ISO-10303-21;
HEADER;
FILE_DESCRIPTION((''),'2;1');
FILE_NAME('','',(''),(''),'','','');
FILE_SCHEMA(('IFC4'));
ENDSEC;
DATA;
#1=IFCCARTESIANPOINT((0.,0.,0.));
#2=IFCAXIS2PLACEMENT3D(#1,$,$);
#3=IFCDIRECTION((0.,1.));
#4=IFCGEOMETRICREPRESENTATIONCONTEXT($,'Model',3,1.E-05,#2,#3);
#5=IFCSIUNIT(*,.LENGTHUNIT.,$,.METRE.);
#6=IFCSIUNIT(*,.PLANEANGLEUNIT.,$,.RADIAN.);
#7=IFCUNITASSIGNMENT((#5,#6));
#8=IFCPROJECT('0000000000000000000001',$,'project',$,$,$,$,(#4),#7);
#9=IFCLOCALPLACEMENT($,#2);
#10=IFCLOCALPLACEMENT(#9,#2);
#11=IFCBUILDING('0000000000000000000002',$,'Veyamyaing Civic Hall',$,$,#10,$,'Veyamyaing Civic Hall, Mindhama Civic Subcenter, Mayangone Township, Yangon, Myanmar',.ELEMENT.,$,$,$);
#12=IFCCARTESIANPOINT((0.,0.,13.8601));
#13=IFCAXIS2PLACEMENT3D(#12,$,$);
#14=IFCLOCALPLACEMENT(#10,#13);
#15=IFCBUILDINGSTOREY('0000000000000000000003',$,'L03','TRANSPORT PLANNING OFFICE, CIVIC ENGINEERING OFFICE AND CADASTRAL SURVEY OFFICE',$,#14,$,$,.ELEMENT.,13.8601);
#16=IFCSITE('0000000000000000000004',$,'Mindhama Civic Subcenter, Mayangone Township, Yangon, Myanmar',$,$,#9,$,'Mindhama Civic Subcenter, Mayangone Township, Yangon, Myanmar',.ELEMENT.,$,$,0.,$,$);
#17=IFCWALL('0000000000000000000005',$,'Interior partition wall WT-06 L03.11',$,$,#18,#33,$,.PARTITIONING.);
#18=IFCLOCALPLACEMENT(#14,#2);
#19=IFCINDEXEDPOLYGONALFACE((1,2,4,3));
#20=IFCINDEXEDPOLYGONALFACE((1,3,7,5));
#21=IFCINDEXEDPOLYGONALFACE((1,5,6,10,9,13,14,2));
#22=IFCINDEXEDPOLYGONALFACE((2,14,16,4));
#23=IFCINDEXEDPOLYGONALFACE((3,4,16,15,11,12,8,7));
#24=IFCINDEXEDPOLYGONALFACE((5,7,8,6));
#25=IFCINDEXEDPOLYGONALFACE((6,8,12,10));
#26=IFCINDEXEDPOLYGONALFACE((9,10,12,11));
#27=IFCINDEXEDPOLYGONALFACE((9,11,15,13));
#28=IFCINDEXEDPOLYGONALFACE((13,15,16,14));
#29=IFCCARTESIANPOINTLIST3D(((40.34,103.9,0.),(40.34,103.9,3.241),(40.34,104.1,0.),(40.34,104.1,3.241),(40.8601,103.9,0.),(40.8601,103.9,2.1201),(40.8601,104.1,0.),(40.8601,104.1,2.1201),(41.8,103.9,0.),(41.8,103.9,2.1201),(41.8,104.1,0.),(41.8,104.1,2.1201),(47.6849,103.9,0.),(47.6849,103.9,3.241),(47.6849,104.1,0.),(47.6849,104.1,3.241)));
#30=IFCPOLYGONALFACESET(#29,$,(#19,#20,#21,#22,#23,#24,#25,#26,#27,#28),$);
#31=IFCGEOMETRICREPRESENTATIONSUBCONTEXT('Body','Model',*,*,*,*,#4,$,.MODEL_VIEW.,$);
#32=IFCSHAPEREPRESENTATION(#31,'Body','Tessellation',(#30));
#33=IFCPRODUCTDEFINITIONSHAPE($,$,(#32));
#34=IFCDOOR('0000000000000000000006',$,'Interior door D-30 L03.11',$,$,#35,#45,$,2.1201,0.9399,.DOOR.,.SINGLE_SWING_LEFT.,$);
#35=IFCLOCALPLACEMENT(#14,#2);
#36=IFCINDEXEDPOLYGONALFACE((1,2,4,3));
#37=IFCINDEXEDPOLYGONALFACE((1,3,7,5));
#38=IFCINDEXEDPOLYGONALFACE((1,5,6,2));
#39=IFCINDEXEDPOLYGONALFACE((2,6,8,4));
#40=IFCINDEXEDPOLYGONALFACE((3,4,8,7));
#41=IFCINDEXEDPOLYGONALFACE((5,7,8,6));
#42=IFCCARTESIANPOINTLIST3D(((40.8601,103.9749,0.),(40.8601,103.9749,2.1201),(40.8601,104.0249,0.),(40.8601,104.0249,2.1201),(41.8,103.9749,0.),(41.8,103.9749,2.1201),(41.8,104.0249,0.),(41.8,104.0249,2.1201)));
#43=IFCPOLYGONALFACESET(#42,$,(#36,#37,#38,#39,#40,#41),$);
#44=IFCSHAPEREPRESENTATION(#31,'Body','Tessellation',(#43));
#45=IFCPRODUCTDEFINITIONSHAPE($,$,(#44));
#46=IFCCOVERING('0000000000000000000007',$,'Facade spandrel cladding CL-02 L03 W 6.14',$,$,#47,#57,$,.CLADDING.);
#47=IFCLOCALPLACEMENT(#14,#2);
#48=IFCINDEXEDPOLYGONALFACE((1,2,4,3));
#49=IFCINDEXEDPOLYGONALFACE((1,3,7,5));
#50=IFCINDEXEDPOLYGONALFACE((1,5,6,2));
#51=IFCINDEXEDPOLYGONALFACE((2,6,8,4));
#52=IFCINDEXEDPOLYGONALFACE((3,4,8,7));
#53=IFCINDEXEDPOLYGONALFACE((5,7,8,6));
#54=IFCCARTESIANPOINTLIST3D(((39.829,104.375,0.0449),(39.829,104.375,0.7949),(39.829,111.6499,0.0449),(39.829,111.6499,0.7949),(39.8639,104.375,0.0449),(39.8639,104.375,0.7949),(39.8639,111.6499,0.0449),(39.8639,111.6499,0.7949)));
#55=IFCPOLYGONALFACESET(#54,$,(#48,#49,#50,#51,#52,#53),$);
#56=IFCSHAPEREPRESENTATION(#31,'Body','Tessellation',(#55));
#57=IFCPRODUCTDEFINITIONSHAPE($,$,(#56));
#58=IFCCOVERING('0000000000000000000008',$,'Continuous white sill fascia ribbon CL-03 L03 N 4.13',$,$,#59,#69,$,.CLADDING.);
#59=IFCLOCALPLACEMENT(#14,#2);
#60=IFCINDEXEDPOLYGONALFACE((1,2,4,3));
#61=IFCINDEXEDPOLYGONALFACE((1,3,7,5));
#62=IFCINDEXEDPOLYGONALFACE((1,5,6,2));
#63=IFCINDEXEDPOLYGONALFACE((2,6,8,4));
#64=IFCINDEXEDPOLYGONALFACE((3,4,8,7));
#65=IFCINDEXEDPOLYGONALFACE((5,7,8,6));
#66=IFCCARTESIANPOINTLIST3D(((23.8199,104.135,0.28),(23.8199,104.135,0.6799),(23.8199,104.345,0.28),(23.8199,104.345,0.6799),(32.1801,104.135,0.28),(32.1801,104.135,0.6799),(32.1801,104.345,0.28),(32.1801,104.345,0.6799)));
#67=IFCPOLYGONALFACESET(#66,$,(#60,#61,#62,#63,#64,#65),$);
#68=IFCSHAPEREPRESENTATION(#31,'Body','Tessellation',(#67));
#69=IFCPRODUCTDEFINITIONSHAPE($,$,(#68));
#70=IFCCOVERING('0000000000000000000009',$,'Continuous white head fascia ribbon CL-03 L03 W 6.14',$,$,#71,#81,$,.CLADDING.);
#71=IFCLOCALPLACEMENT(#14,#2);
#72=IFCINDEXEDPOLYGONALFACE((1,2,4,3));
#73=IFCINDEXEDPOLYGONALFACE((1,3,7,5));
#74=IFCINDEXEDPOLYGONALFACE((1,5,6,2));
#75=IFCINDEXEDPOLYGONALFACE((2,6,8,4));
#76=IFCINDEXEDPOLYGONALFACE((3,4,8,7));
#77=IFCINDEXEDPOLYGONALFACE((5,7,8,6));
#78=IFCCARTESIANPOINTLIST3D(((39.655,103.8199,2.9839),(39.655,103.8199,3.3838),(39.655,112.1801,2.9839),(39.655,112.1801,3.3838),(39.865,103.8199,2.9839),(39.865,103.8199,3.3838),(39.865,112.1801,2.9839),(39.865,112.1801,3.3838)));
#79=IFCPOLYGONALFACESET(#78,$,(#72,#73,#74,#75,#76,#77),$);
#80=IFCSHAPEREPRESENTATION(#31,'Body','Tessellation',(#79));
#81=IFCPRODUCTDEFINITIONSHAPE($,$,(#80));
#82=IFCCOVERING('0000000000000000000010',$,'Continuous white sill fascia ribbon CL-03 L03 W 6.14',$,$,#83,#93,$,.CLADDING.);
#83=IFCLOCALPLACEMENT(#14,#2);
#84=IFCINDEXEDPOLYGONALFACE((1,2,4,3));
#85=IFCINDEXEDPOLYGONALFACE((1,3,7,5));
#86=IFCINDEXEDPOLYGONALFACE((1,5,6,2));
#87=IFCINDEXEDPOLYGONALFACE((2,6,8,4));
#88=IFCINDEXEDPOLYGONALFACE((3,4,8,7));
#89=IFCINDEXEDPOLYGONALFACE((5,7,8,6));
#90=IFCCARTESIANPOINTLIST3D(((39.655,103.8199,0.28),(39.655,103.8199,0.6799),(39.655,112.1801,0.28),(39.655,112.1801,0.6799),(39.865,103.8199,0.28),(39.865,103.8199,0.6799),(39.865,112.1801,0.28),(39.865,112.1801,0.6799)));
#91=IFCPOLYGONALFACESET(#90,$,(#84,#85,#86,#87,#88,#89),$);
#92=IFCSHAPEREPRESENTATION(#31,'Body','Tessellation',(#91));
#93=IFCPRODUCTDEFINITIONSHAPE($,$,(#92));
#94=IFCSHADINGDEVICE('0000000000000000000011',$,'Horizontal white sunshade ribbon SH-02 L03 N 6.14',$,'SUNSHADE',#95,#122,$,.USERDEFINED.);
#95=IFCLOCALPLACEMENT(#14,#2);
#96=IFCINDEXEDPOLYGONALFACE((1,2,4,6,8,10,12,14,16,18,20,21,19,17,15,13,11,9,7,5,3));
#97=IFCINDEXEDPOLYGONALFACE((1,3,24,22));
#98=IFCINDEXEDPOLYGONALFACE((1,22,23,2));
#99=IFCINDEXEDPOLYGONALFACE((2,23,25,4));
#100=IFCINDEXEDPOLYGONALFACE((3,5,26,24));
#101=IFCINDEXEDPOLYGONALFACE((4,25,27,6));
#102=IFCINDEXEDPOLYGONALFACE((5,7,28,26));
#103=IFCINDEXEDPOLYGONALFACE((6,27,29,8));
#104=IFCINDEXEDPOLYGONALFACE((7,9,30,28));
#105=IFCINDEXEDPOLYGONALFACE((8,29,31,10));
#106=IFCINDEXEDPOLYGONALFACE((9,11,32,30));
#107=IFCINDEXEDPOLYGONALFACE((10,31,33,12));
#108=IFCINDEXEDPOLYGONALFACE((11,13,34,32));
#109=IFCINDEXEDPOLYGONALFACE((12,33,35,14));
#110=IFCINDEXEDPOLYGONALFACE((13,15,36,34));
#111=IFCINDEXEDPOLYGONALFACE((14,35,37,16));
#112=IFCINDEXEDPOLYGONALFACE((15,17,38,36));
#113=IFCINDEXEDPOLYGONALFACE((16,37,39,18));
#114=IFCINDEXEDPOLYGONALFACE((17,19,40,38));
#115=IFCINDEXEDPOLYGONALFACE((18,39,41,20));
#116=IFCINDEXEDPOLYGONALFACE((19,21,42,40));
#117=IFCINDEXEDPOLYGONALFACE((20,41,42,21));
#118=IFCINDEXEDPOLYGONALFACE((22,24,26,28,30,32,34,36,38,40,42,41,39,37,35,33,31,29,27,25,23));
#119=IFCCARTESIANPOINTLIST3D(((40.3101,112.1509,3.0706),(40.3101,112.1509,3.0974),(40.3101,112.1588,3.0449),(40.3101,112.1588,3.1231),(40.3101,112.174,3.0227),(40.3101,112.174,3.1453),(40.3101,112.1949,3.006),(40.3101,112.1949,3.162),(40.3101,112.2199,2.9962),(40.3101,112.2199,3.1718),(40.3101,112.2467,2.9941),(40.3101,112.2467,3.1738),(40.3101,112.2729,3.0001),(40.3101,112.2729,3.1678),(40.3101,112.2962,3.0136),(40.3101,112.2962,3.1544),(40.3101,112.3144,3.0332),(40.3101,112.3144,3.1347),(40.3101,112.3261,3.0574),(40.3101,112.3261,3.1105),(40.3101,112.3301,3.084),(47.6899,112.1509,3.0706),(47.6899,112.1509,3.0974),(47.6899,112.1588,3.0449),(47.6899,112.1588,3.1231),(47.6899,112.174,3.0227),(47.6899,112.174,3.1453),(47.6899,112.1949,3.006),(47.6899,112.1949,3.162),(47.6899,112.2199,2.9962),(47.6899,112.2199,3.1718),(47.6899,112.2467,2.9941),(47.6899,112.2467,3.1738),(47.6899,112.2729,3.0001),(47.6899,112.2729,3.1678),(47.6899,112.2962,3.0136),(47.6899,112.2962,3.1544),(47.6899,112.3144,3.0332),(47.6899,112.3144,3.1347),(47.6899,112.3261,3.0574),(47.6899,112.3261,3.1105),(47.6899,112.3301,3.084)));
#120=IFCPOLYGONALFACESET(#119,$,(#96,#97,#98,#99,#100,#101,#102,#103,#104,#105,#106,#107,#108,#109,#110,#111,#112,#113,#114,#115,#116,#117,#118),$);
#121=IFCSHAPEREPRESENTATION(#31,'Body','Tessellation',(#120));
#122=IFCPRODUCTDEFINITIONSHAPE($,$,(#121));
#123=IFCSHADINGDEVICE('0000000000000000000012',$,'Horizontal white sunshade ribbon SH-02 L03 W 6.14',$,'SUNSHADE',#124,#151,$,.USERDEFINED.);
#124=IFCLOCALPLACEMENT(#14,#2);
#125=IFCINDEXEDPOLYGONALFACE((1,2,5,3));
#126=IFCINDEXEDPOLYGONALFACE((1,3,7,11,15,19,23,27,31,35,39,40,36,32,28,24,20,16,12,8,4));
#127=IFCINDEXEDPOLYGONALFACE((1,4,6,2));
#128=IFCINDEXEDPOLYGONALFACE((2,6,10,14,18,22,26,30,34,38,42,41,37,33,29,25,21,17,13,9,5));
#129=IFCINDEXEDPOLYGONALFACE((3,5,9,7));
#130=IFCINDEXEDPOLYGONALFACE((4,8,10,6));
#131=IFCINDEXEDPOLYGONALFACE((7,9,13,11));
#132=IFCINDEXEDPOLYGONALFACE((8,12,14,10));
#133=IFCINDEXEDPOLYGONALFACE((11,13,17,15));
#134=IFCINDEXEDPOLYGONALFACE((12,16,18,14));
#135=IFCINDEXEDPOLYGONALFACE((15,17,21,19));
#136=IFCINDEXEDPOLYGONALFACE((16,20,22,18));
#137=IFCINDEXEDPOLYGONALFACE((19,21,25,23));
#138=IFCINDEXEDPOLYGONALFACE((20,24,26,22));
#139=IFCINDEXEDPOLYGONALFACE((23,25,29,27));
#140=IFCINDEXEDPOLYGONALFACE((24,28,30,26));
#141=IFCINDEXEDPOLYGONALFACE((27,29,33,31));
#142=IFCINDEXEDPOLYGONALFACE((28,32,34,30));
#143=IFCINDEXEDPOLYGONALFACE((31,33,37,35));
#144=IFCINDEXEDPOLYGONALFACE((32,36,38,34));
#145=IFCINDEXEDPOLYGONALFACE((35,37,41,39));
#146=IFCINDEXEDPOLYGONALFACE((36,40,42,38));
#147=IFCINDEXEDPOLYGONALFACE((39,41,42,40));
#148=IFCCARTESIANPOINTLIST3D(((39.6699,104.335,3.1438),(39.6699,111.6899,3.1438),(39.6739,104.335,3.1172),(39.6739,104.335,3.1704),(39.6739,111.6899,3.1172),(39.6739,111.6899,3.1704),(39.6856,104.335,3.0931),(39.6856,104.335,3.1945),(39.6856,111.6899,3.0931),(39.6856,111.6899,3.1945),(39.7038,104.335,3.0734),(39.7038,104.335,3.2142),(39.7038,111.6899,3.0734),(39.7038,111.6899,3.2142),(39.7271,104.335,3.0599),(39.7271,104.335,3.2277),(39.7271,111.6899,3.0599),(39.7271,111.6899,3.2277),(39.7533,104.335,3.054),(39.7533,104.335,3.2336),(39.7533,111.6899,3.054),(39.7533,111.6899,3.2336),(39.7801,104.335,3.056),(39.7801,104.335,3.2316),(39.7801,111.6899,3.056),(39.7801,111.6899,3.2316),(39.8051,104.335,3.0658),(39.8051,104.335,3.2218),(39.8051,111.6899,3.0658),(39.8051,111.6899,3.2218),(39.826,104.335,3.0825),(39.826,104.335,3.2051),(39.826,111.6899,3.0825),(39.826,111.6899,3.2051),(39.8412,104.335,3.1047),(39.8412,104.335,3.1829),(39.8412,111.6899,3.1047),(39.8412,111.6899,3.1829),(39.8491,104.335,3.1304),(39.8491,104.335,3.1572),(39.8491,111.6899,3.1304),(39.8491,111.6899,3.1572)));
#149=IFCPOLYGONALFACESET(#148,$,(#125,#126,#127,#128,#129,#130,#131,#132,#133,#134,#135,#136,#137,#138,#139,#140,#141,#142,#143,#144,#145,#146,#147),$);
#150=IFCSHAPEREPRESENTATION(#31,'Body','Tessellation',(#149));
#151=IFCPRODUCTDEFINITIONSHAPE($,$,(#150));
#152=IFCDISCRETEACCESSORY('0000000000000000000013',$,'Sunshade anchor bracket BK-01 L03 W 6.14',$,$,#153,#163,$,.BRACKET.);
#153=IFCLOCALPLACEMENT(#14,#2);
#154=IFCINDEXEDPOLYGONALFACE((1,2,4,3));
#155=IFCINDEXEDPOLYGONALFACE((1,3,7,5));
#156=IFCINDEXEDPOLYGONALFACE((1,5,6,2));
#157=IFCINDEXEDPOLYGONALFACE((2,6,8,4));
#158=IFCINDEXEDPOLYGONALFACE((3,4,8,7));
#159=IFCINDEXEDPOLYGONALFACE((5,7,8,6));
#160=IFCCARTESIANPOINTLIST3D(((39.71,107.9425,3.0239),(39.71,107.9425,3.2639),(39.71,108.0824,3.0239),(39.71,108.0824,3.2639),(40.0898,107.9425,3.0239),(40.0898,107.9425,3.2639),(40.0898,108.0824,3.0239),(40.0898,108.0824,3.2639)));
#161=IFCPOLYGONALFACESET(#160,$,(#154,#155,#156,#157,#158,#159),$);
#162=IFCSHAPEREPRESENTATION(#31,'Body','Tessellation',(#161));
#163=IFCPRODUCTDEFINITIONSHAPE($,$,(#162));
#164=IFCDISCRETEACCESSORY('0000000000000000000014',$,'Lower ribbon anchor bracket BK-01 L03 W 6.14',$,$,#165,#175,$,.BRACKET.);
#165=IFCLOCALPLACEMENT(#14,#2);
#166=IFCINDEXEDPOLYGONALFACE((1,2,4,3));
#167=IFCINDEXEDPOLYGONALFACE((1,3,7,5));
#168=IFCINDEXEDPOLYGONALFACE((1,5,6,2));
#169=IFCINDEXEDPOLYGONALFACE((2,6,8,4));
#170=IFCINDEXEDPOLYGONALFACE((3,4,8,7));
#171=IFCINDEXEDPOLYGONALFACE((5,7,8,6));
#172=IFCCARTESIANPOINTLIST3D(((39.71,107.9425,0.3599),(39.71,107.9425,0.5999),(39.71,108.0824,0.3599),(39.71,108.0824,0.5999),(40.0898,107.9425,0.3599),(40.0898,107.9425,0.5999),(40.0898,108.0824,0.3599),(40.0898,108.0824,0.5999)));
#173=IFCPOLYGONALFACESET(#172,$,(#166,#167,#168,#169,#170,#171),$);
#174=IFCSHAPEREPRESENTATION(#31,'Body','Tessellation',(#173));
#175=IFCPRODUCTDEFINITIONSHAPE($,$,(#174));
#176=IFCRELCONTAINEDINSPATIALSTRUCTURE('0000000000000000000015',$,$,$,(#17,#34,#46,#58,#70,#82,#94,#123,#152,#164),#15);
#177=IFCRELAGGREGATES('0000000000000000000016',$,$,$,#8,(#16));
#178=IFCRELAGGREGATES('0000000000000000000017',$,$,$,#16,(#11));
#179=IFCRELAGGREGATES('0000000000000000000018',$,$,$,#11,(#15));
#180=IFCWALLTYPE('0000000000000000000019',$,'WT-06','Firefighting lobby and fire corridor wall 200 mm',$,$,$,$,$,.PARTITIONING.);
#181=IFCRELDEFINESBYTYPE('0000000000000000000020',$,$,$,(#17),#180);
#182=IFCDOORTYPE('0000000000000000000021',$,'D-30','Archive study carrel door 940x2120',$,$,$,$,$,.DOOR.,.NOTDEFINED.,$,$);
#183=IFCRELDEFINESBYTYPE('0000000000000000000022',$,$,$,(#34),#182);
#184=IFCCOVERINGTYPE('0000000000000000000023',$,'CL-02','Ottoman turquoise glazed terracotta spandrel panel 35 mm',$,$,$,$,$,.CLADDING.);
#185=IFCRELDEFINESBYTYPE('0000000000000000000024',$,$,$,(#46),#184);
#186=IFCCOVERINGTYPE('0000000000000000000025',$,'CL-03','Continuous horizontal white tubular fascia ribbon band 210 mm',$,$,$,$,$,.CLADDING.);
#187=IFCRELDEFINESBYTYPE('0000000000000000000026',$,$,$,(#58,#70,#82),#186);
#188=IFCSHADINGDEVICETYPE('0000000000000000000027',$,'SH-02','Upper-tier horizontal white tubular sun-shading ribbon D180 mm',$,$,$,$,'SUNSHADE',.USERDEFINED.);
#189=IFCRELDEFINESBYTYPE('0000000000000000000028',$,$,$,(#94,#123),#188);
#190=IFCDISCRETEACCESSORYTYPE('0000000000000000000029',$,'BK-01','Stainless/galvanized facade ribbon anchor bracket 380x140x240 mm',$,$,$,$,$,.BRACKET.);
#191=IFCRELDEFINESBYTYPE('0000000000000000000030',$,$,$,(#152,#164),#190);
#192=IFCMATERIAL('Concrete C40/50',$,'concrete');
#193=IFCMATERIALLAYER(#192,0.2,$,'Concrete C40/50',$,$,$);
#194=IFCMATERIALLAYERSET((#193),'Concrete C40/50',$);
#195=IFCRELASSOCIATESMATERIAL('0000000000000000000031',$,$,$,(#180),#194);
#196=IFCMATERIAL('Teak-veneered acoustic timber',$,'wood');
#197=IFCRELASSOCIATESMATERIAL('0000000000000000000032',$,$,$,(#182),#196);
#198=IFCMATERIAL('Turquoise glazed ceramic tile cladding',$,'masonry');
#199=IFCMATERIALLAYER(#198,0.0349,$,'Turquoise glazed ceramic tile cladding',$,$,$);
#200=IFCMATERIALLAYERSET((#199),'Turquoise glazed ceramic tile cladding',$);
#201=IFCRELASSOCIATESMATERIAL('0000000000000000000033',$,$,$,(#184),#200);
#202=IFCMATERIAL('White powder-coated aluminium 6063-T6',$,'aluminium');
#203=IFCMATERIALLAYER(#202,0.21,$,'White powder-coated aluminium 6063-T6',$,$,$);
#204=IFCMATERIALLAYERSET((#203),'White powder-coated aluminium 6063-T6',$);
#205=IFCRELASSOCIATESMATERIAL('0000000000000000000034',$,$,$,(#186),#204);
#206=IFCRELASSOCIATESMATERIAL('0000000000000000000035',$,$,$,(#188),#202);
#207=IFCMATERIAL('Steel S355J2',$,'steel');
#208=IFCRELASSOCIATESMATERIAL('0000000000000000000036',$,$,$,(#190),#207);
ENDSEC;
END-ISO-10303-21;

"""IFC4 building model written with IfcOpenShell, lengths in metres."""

from ifc_helpers import new_model, si_unit, direction, frame, frame_2d, origin, origin_2d, place, context, subcontext, project, spatial, rectangle, circle, extrude, material, layer, layer_set, material_profile, profile_set, type_object, element, fill, save


model = new_model("IFC4")

# Units and contexts
model_context = context("Model", 3, precision=1e-05, world=origin(), true_north=direction((0.0, 1.0)))
body_context = subcontext(model_context, "Body", "Model", "MODEL_VIEW")
ifc_project = project(units=[si_unit("LENGTHUNIT", "METRE"), si_unit("PLANEANGLEUNIT", "RADIAN")], contexts=[model_context])

# Site, building, storey
site_placement = place(None, origin())
site = spatial("IfcSite", under=ifc_project, at=site_placement, Name="Mindhama Civic Subcenter, Mayangone Township, Yangon, Myanmar", LongName="Mindhama Civic Subcenter, Mayangone Township, Yangon, Myanmar", CompositionType="ELEMENT", RefElevation=0.0)
building_placement = place(site_placement, origin())
building = spatial("IfcBuilding", under=site, at=building_placement, Name="Veyamyaing Civic Hall", LongName="Veyamyaing Civic Hall, Mindhama Civic Subcenter, Mayangone Township, Yangon, Myanmar", CompositionType="ELEMENT")
storey_placement = place(building_placement, frame((0.0, 0.0, 13.8601)))
storey = spatial("IfcBuildingStorey", under=building, at=storey_placement, Name="L03", Description="TRANSPORT PLANNING OFFICE, CIVIC ENGINEERING OFFICE AND CADASTRAL SURVEY OFFICE", CompositionType="ELEMENT", Elevation=13.8601)

# Wall, opening, door
ifc_material_1 = material(Name="Concrete C40/50", Category="concrete")
ifc_layer_1 = layer(ifc_material_1, 0.2, Name="Concrete C40/50")
ifc_layer_set_1 = layer_set([ifc_layer_1], Name="Concrete C40/50")
wall_type_1 = type_object("IfcWallType", Name="WT-06", Description="Firefighting lobby and fire corridor wall 200 mm", PredefinedType="PARTITIONING", material=ifc_layer_set_1)
wall_1_placement = place(storey_placement, frame((40.3401, 104.0, 0.0), z_axis=(0.0, 0.0, 1.0), x_axis=(1.0, 0.0, 0.0)))
wall_1 = element("IfcWall", 1, at=wall_1_placement, inside=storey, type_object=wall_type_1, Name="Interior partition wall WT-06 L03.11", PredefinedType="PARTITIONING", context=body_context, shape_type="SweptSolid", body=[
    extrude(rectangle(XDim=7.345, YDim=0.2, at=frame_2d((3.6724, 0.0))), origin(), (0.0, 0.0, 1.0), 3.241),
])
opening_1_placement = place(wall_1_placement, frame((0.52, 0.0, 0.0)))
opening_1 = element("IfcOpeningElement", 2, at=opening_1_placement, cuts=wall_1, PredefinedType="OPENING", context=body_context, shape_type="SweptSolid", body=[
    extrude(rectangle(XDim=0.9399, YDim=2.1201, at=frame_2d((0.47, 1.0601))), frame((0.0, 0.1099, 0.0), z_axis=(0.0, -1.0, 0.0), x_axis=(1.0, 0.0, 0.0)), (0.0, 0.0, 1.0), 0.22),
])
ifc_material_2 = material(Name="Teak-veneered acoustic timber", Category="wood")
door_type = type_object("IfcDoorType", Name="D-30", Description="Archive study carrel door 940x2120", OperationType="NOTDEFINED", PredefinedType="DOOR", material=ifc_material_2)
door_placement = place(opening_1_placement, origin())
door = element("IfcDoor", 3, at=door_placement, inside=storey, type_object=door_type, Name="Interior door D-30 L03.11", OperationType="SINGLE_SWING_LEFT", OverallHeight=2.1201, OverallWidth=0.9399, PredefinedType="DOOR", context=body_context, shape_type="SweptSolid", body=[
    extrude(rectangle(XDim=0.9399, YDim=2.1201, at=frame_2d((0.47, 1.0601))), frame((0.0, 0.0249, 0.0), z_axis=(0.0, -1.0, 0.0), x_axis=(1.0, 0.0, 0.0)), (0.0, 0.0, 1.0), 0.05),
])
fill(opening_1, door)

# Coverings
ifc_material_3 = material(Name="Turquoise glazed ceramic tile cladding", Category="masonry")
ifc_layer_2 = layer(ifc_material_3, 0.0349, Name="Turquoise glazed ceramic tile cladding")
ifc_layer_set_2 = layer_set([ifc_layer_2], Name="Turquoise glazed ceramic tile cladding")
covering_type_1 = type_object("IfcCoveringType", Name="CL-02", Description="Ottoman turquoise glazed terracotta spandrel panel 35 mm", PredefinedType="CLADDING", material=ifc_layer_set_2)
covering_placement = place(storey_placement, frame((39.8464, 108.0125, 0.0449), z_axis=(0.0, 0.0, 1.0), x_axis=(0.0, 1.0, 0.0)))
element("IfcCovering", 4, at=covering_placement, inside=storey, type_object=covering_type_1, Name="Facade spandrel cladding CL-02 L03 W 6.14", PredefinedType="CLADDING", context=body_context, shape_type="SweptSolid", body=[
    extrude(rectangle(XDim=7.2749, YDim=0.0349, at=origin_2d()), origin(), (0.0, 0.0, 1.0), 0.75),
])
ifc_material_4 = material(Name="White powder-coated aluminium 6063-T6", Category="aluminium")
ifc_layer_3 = layer(ifc_material_4, 0.21, Name="White powder-coated aluminium 6063-T6")
ifc_layer_set_3 = layer_set([ifc_layer_3], Name="White powder-coated aluminium 6063-T6")
covering_type_2 = type_object("IfcCoveringType", Name="CL-03", Description="Continuous horizontal white tubular fascia ribbon band 210 mm", PredefinedType="CLADDING", material=ifc_layer_set_3)
for number, where, z_axis, x_axis, name in (
    (5, (28.0, 104.24, 0.28), (0.0, 0.0, 1.0), (1.0, 0.0, 0.0), "Continuous white sill fascia ribbon CL-03 L03 N 4.13"),
    (6, (39.76, 108.0, 2.9839), (0.0, 0.0, 1.0), (0.0, 1.0, 0.0), "Continuous white head fascia ribbon CL-03 L03 W 6.14"),
    (7, (39.76, 108.0, 0.28), (0.0, 0.0, 1.0), (0.0, 1.0, 0.0), "Continuous white sill fascia ribbon CL-03 L03 W 6.14"),
):
    element("IfcCovering", number, at=place(storey_placement, frame(where, z_axis=z_axis, x_axis=x_axis)), inside=storey, type_object=covering_type_2, Name=name, PredefinedType="CLADDING", context=body_context, shape_type="SweptSolid", body=[
        extrude(rectangle(XDim=8.3601, YDim=0.21, at=origin_2d()), origin(), (0.0, 0.0, 1.0), 0.3999),
    ])

# Shading devices
ifc_material_profile_1 = material_profile(ifc_material_4, circle(Radius=0.0901, at=origin_2d()), Name="SHADE-TUBE-180")
ifc_profile_set_1 = profile_set([ifc_material_profile_1], Name="White powder-coated aluminium 6063-T6")
shading_device_type = type_object("IfcShadingDeviceType", Name="SH-02", Description="Upper-tier horizontal white tubular sun-shading ribbon D180 mm", ElementType="SUNSHADE", PredefinedType="USERDEFINED", material=ifc_profile_set_1)
shading_device_1_placement = place(storey_placement, frame((40.3101, 112.24, 3.084), z_axis=(1.0, 0.0, 0.0), x_axis=(0.0, 1.0, 0.0)))
element("IfcShadingDevice", 8, at=shading_device_1_placement, inside=storey, type_object=shading_device_type, Name="Horizontal white sunshade ribbon SH-02 L03 N 6.14", ObjectType="SUNSHADE", PredefinedType="USERDEFINED", context=body_context, shape_type="SweptSolid", body=[
    extrude(circle(Radius=0.0901, at=origin_2d()), origin(), (0.0, 0.0, 1.0), 7.3799),
])
shading_device_2_placement = place(storey_placement, frame((39.76, 104.335, 3.1438), z_axis=(0.0, 1.0, 0.0), x_axis=(-1.0, 0.0, 0.0)))
element("IfcShadingDevice", 9, at=shading_device_2_placement, inside=storey, type_object=shading_device_type, Name="Horizontal white sunshade ribbon SH-02 L03 W 6.14", ObjectType="SUNSHADE", PredefinedType="USERDEFINED", context=body_context, shape_type="SweptSolid", body=[
    extrude(circle(Radius=0.0901, at=origin_2d()), origin(), (0.0, 0.0, 1.0), 7.355),
])

# Discrete accessories
ifc_material_5 = material(Name="Steel S355J2", Category="steel")
discrete_accessory_type = type_object("IfcDiscreteAccessoryType", Name="BK-01", Description="Stainless/galvanized facade ribbon anchor bracket 380x140x240 mm", PredefinedType="BRACKET", material=ifc_material_5)
for number, where, z_axis, x_axis, name in (
    (10, (39.8999, 108.0125, 3.0239), (0.0, 0.0, 1.0), (-1.0, 0.0, 0.0), "Sunshade anchor bracket BK-01 L03 W 6.14"),
    (11, (39.8999, 108.0125, 0.3599), (0.0, 0.0, 1.0), (-1.0, 0.0, 0.0), "Lower ribbon anchor bracket BK-01 L03 W 6.14"),
):
    element("IfcDiscreteAccessory", number, at=place(storey_placement, frame(where, z_axis=z_axis, x_axis=x_axis)), inside=storey, type_object=discrete_accessory_type, Name=name, PredefinedType="BRACKET", context=body_context, shape_type="SweptSolid", body=[
        extrude(rectangle(XDim=0.3799, YDim=0.1399, at=origin_2d()), origin(), (0.0, 0.0, 1.0), 0.24),
    ])

save(model, "model.ifc")
